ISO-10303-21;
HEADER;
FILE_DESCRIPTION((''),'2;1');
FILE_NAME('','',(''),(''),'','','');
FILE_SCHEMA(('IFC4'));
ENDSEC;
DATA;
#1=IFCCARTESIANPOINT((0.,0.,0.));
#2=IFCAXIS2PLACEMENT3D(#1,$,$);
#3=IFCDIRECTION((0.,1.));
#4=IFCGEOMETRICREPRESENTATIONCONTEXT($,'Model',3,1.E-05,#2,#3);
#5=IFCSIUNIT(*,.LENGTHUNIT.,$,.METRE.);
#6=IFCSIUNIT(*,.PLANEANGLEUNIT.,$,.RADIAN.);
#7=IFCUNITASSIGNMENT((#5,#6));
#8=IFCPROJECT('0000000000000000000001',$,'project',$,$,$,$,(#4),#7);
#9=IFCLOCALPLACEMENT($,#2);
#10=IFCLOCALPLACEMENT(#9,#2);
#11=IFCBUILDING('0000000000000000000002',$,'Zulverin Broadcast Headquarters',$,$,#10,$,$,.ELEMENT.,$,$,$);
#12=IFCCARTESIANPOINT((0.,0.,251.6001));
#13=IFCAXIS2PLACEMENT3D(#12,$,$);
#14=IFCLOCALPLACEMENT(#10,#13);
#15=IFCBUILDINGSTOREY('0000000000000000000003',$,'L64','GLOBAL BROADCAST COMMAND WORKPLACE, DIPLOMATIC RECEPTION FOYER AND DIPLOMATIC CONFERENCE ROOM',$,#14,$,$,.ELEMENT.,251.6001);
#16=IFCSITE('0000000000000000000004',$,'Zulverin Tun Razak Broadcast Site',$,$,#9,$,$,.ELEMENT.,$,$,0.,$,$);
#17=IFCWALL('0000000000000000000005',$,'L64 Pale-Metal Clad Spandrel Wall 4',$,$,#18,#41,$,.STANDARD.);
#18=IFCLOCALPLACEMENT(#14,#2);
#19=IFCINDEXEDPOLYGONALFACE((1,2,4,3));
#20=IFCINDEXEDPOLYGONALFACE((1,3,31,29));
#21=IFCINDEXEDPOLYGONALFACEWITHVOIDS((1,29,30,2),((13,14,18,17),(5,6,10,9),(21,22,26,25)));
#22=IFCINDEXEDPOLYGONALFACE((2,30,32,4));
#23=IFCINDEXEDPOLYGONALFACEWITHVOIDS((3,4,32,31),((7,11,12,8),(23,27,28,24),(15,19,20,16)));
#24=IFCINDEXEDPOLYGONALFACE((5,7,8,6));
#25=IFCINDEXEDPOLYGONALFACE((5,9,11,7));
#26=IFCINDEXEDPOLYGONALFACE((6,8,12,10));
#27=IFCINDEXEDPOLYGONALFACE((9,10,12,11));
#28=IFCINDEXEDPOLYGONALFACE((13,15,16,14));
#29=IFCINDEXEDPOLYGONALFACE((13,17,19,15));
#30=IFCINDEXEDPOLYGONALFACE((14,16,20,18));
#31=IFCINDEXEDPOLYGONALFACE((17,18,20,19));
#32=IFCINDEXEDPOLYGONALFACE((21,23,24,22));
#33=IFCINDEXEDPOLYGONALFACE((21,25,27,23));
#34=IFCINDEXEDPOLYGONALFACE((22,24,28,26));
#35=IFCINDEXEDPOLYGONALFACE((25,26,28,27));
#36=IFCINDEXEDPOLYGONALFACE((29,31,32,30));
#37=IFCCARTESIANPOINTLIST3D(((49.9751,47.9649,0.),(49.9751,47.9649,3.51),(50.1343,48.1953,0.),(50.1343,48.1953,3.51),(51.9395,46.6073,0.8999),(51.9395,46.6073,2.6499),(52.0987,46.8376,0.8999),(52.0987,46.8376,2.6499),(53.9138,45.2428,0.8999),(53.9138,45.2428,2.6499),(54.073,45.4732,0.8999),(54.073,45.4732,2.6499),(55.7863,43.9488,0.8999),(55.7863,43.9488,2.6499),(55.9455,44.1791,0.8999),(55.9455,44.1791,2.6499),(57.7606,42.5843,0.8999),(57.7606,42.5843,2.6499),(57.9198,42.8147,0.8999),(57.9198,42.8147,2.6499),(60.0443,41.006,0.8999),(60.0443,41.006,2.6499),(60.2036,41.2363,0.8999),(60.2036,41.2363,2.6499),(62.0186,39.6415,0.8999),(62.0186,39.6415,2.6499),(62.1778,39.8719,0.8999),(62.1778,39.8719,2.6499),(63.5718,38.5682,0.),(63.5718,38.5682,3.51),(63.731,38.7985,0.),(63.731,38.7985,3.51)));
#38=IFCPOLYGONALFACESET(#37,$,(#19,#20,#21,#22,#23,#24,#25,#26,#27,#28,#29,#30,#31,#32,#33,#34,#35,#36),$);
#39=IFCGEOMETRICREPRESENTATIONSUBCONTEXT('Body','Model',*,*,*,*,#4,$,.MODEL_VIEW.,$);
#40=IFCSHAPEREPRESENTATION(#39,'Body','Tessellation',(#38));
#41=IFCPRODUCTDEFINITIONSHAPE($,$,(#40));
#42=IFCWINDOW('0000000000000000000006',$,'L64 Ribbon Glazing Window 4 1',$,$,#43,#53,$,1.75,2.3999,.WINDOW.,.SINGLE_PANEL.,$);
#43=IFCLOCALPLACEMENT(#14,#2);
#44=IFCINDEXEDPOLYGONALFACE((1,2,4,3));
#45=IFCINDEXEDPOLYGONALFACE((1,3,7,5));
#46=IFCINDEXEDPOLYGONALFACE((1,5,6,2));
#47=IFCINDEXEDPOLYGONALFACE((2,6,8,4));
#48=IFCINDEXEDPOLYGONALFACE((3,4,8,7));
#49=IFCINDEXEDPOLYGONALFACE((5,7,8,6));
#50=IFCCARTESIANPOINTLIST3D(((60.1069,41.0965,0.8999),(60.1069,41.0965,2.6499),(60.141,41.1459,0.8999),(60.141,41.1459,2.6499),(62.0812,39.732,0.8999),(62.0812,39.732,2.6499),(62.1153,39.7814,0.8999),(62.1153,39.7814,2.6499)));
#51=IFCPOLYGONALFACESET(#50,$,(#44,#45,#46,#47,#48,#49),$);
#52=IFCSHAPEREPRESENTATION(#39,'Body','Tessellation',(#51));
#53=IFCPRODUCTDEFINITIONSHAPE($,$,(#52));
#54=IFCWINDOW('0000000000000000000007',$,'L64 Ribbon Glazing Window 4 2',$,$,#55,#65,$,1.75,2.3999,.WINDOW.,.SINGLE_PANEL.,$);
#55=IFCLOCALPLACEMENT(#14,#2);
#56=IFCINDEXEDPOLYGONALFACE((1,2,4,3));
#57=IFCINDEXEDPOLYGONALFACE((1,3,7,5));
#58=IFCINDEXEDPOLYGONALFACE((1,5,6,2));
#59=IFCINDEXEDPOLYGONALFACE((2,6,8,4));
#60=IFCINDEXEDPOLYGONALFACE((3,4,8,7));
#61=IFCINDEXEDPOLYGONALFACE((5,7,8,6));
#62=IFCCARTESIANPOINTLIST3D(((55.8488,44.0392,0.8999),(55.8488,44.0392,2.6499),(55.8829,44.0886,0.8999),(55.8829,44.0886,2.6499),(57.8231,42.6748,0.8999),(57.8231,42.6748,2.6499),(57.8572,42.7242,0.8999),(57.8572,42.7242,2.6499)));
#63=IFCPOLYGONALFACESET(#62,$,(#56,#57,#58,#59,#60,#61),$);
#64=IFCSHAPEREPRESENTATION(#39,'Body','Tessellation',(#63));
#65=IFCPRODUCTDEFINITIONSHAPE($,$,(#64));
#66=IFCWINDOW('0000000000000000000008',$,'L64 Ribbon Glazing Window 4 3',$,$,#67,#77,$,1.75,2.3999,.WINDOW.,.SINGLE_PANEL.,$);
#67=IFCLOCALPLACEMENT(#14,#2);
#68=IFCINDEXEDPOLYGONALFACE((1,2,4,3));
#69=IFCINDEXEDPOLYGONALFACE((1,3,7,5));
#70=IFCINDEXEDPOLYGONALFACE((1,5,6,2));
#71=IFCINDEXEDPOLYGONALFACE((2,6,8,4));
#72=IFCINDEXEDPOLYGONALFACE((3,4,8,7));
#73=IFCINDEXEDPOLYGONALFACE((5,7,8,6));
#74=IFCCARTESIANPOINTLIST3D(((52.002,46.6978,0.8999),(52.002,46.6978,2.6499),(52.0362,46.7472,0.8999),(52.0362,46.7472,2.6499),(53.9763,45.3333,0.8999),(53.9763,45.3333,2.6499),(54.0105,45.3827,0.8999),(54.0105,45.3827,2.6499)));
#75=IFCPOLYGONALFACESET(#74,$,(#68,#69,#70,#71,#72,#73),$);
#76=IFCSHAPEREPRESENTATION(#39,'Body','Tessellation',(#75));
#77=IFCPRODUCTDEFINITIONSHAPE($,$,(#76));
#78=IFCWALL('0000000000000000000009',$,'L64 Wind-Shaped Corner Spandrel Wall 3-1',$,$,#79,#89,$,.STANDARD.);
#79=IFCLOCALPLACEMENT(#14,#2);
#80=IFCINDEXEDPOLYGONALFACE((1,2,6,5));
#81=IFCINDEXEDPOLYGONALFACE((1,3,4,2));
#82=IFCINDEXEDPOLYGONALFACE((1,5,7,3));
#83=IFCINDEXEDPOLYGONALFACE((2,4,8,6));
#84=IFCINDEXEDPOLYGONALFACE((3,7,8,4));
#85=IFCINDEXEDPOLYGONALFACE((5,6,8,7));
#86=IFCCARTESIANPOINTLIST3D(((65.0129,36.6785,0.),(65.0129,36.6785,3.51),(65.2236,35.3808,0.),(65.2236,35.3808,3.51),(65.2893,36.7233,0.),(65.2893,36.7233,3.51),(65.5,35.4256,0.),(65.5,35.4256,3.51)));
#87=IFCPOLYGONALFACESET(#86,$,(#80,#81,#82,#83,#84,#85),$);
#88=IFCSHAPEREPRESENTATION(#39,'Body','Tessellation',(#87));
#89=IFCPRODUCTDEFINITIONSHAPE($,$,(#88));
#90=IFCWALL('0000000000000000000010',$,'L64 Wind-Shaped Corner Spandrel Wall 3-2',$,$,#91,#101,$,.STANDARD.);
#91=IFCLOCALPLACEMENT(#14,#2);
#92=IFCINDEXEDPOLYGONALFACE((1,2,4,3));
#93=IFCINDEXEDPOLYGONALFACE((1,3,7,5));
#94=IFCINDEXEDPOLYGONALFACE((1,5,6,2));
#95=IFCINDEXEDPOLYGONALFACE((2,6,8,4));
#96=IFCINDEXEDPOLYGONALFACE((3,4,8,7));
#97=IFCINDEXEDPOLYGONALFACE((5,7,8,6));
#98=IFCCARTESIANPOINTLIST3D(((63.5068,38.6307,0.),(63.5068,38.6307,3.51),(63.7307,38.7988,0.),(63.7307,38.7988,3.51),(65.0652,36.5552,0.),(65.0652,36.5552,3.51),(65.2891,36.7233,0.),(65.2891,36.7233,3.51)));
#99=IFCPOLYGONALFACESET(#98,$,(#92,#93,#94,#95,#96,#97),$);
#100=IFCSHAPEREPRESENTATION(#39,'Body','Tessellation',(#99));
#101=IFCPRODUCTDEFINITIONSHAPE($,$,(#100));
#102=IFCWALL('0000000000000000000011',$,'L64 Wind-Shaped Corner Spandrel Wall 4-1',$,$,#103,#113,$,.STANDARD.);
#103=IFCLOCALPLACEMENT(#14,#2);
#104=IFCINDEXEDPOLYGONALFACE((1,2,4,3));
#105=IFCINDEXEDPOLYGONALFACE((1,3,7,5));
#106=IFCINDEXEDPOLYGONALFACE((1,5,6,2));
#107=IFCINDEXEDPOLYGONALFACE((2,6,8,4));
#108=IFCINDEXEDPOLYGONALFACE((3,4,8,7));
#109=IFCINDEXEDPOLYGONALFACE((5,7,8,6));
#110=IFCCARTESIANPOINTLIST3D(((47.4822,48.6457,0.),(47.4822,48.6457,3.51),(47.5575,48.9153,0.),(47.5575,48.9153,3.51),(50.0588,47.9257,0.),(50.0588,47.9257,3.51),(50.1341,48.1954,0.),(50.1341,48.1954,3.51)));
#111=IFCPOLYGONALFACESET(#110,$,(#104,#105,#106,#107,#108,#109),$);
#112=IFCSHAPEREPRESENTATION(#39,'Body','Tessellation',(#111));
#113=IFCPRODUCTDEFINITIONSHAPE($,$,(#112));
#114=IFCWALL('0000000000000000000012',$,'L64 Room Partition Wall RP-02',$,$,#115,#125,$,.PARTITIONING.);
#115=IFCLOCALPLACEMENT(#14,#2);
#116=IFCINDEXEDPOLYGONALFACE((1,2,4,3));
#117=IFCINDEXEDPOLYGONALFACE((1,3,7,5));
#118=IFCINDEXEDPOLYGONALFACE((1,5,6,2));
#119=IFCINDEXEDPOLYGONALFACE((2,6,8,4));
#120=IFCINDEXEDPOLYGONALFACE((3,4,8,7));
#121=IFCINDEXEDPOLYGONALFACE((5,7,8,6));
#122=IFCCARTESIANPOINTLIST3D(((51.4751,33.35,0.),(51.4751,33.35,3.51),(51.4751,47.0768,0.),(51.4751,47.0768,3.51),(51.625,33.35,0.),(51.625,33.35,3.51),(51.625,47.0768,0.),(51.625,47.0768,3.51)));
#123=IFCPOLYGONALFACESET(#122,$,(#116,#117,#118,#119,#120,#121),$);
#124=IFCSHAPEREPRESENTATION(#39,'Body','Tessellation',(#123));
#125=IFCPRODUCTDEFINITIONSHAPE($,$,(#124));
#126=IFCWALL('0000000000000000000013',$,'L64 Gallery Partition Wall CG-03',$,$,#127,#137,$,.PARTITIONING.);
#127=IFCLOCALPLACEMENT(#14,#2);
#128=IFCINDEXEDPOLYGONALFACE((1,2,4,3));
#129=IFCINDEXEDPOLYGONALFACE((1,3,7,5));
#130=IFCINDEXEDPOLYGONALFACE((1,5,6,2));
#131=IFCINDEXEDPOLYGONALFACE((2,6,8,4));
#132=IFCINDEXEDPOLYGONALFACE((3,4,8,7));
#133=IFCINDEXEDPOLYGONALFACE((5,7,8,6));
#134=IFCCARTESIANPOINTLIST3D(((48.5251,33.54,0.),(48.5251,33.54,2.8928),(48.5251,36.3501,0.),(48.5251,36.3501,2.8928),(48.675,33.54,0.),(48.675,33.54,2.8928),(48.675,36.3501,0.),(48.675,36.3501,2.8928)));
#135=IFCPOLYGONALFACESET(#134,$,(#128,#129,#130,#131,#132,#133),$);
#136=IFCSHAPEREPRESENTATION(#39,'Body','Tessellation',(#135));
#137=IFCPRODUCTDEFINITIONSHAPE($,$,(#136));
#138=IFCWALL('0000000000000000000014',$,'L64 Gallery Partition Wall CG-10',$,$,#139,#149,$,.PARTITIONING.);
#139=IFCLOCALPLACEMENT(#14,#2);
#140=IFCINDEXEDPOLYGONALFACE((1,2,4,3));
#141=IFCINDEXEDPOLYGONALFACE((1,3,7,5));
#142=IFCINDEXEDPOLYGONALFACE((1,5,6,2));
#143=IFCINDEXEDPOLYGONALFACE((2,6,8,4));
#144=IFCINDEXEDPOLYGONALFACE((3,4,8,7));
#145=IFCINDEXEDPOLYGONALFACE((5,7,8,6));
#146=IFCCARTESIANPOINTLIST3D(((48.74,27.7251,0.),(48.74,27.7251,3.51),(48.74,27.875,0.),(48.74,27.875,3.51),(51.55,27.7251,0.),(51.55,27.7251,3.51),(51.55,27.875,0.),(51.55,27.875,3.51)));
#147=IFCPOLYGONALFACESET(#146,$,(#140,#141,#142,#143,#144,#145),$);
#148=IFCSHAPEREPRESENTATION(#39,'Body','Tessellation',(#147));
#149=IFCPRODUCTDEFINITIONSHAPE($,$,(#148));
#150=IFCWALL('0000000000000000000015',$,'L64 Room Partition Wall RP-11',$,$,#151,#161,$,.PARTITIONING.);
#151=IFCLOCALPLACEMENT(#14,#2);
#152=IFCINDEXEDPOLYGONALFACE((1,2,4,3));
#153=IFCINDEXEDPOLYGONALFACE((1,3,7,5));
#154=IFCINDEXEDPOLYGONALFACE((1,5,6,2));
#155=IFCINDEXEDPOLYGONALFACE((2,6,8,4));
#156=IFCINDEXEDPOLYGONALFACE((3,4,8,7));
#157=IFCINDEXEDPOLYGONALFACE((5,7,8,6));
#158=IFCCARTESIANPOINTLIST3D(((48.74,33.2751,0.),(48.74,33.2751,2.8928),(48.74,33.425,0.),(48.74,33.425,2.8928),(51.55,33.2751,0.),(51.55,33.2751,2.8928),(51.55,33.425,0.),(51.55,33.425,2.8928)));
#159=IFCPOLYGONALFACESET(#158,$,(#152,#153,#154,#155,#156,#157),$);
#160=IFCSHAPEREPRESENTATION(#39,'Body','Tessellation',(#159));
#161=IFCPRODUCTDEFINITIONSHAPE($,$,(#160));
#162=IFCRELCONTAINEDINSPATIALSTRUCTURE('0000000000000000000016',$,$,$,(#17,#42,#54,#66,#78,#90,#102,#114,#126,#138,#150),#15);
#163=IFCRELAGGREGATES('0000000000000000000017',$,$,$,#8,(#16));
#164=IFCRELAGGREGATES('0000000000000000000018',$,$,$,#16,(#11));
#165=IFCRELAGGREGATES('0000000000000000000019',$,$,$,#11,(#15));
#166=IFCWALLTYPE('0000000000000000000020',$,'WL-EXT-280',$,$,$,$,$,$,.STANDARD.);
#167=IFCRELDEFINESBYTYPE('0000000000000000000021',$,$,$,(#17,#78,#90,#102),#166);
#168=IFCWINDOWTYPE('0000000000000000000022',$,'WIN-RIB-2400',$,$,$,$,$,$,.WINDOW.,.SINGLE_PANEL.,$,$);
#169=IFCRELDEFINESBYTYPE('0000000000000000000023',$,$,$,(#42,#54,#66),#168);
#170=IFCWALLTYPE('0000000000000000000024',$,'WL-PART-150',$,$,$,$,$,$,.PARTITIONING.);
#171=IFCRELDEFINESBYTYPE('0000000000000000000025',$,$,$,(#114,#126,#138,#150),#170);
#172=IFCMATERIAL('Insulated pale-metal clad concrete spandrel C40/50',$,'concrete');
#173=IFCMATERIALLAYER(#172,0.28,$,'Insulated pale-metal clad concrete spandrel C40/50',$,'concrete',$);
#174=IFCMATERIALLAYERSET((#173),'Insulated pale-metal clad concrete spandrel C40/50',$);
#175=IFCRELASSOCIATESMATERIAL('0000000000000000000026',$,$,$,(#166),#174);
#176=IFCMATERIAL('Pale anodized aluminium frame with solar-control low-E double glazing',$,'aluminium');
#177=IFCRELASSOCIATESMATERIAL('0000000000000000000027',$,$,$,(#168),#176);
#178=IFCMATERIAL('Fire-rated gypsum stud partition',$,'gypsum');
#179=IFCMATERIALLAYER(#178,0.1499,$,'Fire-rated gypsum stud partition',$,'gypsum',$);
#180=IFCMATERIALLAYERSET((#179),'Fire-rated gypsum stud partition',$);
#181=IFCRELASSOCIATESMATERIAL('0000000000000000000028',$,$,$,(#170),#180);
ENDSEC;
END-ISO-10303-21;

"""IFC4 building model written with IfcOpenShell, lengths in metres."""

from ifc_helpers import new_model, si_unit, direction, frame, frame_2d, origin, place, context, subcontext, project, spatial, rectangle, extrude, material, layer, layer_set, type_object, element, fill, save


model = new_model("IFC4")

# Units and contexts
model_context = context("Model", 3, precision=1e-05, world=origin(), true_north=direction((0.0, 1.0)))
body_context = subcontext(model_context, "Body", "Model", "MODEL_VIEW")
ifc_project = project(units=[si_unit("LENGTHUNIT", "METRE"), si_unit("PLANEANGLEUNIT", "RADIAN")], contexts=[model_context])

# Site, building, storey
site_placement = place(None, origin())
site = spatial("IfcSite", under=ifc_project, at=site_placement, Name="Zulverin Tun Razak Broadcast Site", CompositionType="ELEMENT", RefElevation=0.0)
building_placement = place(site_placement, origin())
building = spatial("IfcBuilding", under=site, at=building_placement, Name="Zulverin Broadcast Headquarters", CompositionType="ELEMENT")
storey_placement = place(building_placement, frame((0.0, 0.0, 251.6001)))
storey = spatial("IfcBuildingStorey", under=building, at=storey_placement, Name="L64", Description="GLOBAL BROADCAST COMMAND WORKPLACE, DIPLOMATIC RECEPTION FOYER AND DIPLOMATIC CONFERENCE ROOM", CompositionType="ELEMENT", Elevation=251.6001)

# Wall, openings, windows
ifc_material_1 = material(Name="Insulated pale-metal clad concrete spandrel C40/50", Category="concrete")
ifc_layer_1 = layer(ifc_material_1, 0.28, Name="Insulated pale-metal clad concrete spandrel C40/50", Category="concrete")
ifc_layer_set_1 = layer_set([ifc_layer_1], Name="Insulated pale-metal clad concrete spandrel C40/50")
wall_type_1 = type_object("IfcWallType", Name="WL-EXT-280", PredefinedType="STANDARD", material=ifc_layer_set_1)
wall_1_placement = place(storey_placement, frame((63.6514, 38.6833, 0.0), z_axis=(0.0, 0.0, 1.0), x_axis=(-0.822655, 0.568541, 0.0)))
wall_1 = element("IfcWall", 1, at=wall_1_placement, inside=storey, type_object=wall_type_1, Name="L64 Pale-Metal Clad Spandrel Wall 4", PredefinedType="STANDARD", context=body_context, shape_type="SweptSolid", body=[
    extrude(rectangle(XDim=16.5278, YDim=0.28, at=frame_2d((8.2639, 0.0))), origin(), (0.0, 0.0, 1.0), 3.51),
])
opening_1_placement = place(wall_1_placement, frame((1.8879, 0.0, 0.8999)))
opening_1 = element("IfcOpeningElement", 2, at=opening_1_placement, cuts=wall_1, PredefinedType="OPENING", context=body_context, shape_type="SweptSolid", body=[
    extrude(rectangle(XDim=2.3999, YDim=1.75, at=frame_2d((1.2, 0.875))), frame((0.0, 0.1499, 0.0), z_axis=(0.0, -1.0, 0.0), x_axis=(1.0, 0.0, 0.0)), (0.0, 0.0, 1.0), 0.3),
])
opening_2_placement = place(wall_1_placement, frame((7.064, 0.0, 0.8999)))
opening_2 = element("IfcOpeningElement", 3, at=opening_2_placement, cuts=wall_1, PredefinedType="OPENING", context=body_context, shape_type="SweptSolid", body=[
    extrude(rectangle(XDim=2.3999, YDim=1.75, at=frame_2d((1.2, 0.875))), frame((0.0, 0.1499, 0.0), z_axis=(0.0, -1.0, 0.0), x_axis=(1.0, 0.0, 0.0)), (0.0, 0.0, 1.0), 0.3),
])
opening_3_placement = place(wall_1_placement, frame((11.74, 0.0, 0.8999)))
opening_3 = element("IfcOpeningElement", 4, at=opening_3_placement, cuts=wall_1, PredefinedType="OPENING", context=body_context, shape_type="SweptSolid", body=[
    extrude(rectangle(XDim=2.3999, YDim=1.75, at=frame_2d((1.2, 0.875))), frame((0.0, 0.1499, 0.0), z_axis=(0.0, -1.0, 0.0), x_axis=(1.0, 0.0, 0.0)), (0.0, 0.0, 1.0), 0.3),
])
ifc_material_2 = material(Name="Pale anodized aluminium frame with solar-control low-E double glazing", Category="aluminium")
window_type = type_object("IfcWindowType", Name="WIN-RIB-2400", PartitioningType="SINGLE_PANEL", PredefinedType="WINDOW", material=ifc_material_2)
window_1_placement = place(opening_1_placement, origin())
window_1 = element("IfcWindow", 5, at=window_1_placement, inside=storey, type_object=window_type, Name="L64 Ribbon Glazing Window 4 1", OverallHeight=1.75, OverallWidth=2.3999, PartitioningType="SINGLE_PANEL", PredefinedType="WINDOW", context=body_context, shape_type="SweptSolid", body=[
    extrude(rectangle(XDim=2.3999, YDim=1.75, at=frame_2d((1.2, 0.875))), frame((0.0, 0.03, 0.0), z_axis=(0.0, -1.0, 0.0), x_axis=(1.0, 0.0, 0.0)), (0.0, 0.0, 1.0), 0.0601),
])
fill(opening_1, window_1)
window_2_placement = place(opening_2_placement, origin())
window_2 = element("IfcWindow", 6, at=window_2_placement, inside=storey, type_object=window_type, Name="L64 Ribbon Glazing Window 4 2", OverallHeight=1.75, OverallWidth=2.3999, PartitioningType="SINGLE_PANEL", PredefinedType="WINDOW", context=body_context, shape_type="SweptSolid", body=[
    extrude(rectangle(XDim=2.3999, YDim=1.75, at=frame_2d((1.2, 0.875))), frame((0.0, 0.03, 0.0), z_axis=(0.0, -1.0, 0.0), x_axis=(1.0, 0.0, 0.0)), (0.0, 0.0, 1.0), 0.0601),
])
fill(opening_2, window_2)
window_3_placement = place(opening_3_placement, origin())
window_3 = element("IfcWindow", 7, at=window_3_placement, inside=storey, type_object=window_type, Name="L64 Ribbon Glazing Window 4 3", OverallHeight=1.75, OverallWidth=2.3999, PartitioningType="SINGLE_PANEL", PredefinedType="WINDOW", context=body_context, shape_type="SweptSolid", body=[
    extrude(rectangle(XDim=2.3999, YDim=1.75, at=frame_2d((1.2, 0.875))), frame((0.0, 0.03, 0.0), z_axis=(0.0, -1.0, 0.0), x_axis=(1.0, 0.0, 0.0)), (0.0, 0.0, 1.0), 0.0601),
])
fill(opening_3, window_3)

# Walls
wall_2_placement = place(storey_placement, frame((65.3618, 35.4033, 0.0), z_axis=(0.0, 0.0, 1.0), x_axis=(-0.160272, 0.987073, 0.0)))
element("IfcWall", 8, at=wall_2_placement, inside=storey, type_object=wall_type_1, Name="L64 Wind-Shaped Corner Spandrel Wall 3-1", PredefinedType="STANDARD", context=body_context, shape_type="SweptSolid", body=[
    extrude(rectangle(XDim=1.3147, YDim=0.28, at=frame_2d((0.6572, 0.0))), origin(), (0.0, 0.0, 1.0), 3.51),
])
wall_3_placement = place(storey_placement, frame((65.1772, 36.6392, 0.0), z_axis=(0.0, 0.0, 1.0), x_axis=(-0.600436, 0.799673, 0.0)))
element("IfcWall", 9, at=wall_3_placement, inside=storey, type_object=wall_type_1, Name="L64 Wind-Shaped Corner Spandrel Wall 3-2", PredefinedType="STANDARD", context=body_context, shape_type="SweptSolid", body=[
    extrude(rectangle(XDim=2.5955, YDim=0.28, at=frame_2d((1.2979, 0.0))), origin(), (0.0, 0.0, 1.0), 3.51),
])
wall_4_placement = place(storey_placement, frame((50.0964, 48.0605, 0.0), z_axis=(0.0, 0.0, 1.0), x_axis=(-0.963109, 0.269112, 0.0)))
element("IfcWall", 10, at=wall_4_placement, inside=storey, type_object=wall_type_1, Name="L64 Wind-Shaped Corner Spandrel Wall 4-1", PredefinedType="STANDARD", context=body_context, shape_type="SweptSolid", body=[
    extrude(rectangle(XDim=2.6753, YDim=0.28, at=frame_2d((1.3376, 0.0))), origin(), (0.0, 0.0, 1.0), 3.51),
])
ifc_material_3 = material(Name="Fire-rated gypsum stud partition", Category="gypsum")
ifc_layer_2 = layer(ifc_material_3, 0.1499, Name="Fire-rated gypsum stud partition", Category="gypsum")
ifc_layer_set_2 = layer_set([ifc_layer_2], Name="Fire-rated gypsum stud partition")
wall_type_2 = type_object("IfcWallType", Name="WL-PART-150", PredefinedType="PARTITIONING", material=ifc_layer_set_2)
wall_5_placement = place(storey_placement, frame((51.55, 33.3501, 0.0), z_axis=(0.0, 0.0, 1.0), x_axis=(0.0, 1.0, 0.0)))
element("IfcWall", 11, at=wall_5_placement, inside=storey, type_object=wall_type_2, Name="L64 Room Partition Wall RP-02", PredefinedType="PARTITIONING", context=body_context, shape_type="SweptSolid", body=[
    extrude(rectangle(XDim=13.7268, YDim=0.1499, at=frame_2d((6.8633, 0.0))), origin(), (0.0, 0.0, 1.0), 3.51),
])
wall_6_placement = place(storey_placement, frame((48.6001, 33.54, 0.0), z_axis=(0.0, 0.0, 1.0), x_axis=(0.0, 1.0, 0.0)))
element("IfcWall", 12, at=wall_6_placement, inside=storey, type_object=wall_type_2, Name="L64 Gallery Partition Wall CG-03", PredefinedType="PARTITIONING", context=body_context, shape_type="SweptSolid", body=[
    extrude(rectangle(XDim=2.8101, YDim=0.1499, at=frame_2d((1.405, 0.0))), origin(), (0.0, 0.0, 1.0), 2.8928),
])
wall_7_placement = place(storey_placement, frame((48.74, 27.8, 0.0), z_axis=(0.0, 0.0, 1.0), x_axis=(1.0, 0.0, 0.0)))
element("IfcWall", 13, at=wall_7_placement, inside=storey, type_object=wall_type_2, Name="L64 Gallery Partition Wall CG-10", PredefinedType="PARTITIONING", context=body_context, shape_type="SweptSolid", body=[
    extrude(rectangle(XDim=2.8101, YDim=0.1499, at=frame_2d((1.405, 0.0))), origin(), (0.0, 0.0, 1.0), 3.51),
])
wall_8_placement = place(storey_placement, frame((48.74, 33.3501, 0.0), z_axis=(0.0, 0.0, 1.0), x_axis=(1.0, 0.0, 0.0)))
element("IfcWall", 14, at=wall_8_placement, inside=storey, type_object=wall_type_2, Name="L64 Room Partition Wall RP-11", PredefinedType="PARTITIONING", context=body_context, shape_type="SweptSolid", body=[
    extrude(rectangle(XDim=2.8101, YDim=0.1499, at=frame_2d((1.405, 0.0))), origin(), (0.0, 0.0, 1.0), 2.8928),
])

save(model, "model.ifc")
